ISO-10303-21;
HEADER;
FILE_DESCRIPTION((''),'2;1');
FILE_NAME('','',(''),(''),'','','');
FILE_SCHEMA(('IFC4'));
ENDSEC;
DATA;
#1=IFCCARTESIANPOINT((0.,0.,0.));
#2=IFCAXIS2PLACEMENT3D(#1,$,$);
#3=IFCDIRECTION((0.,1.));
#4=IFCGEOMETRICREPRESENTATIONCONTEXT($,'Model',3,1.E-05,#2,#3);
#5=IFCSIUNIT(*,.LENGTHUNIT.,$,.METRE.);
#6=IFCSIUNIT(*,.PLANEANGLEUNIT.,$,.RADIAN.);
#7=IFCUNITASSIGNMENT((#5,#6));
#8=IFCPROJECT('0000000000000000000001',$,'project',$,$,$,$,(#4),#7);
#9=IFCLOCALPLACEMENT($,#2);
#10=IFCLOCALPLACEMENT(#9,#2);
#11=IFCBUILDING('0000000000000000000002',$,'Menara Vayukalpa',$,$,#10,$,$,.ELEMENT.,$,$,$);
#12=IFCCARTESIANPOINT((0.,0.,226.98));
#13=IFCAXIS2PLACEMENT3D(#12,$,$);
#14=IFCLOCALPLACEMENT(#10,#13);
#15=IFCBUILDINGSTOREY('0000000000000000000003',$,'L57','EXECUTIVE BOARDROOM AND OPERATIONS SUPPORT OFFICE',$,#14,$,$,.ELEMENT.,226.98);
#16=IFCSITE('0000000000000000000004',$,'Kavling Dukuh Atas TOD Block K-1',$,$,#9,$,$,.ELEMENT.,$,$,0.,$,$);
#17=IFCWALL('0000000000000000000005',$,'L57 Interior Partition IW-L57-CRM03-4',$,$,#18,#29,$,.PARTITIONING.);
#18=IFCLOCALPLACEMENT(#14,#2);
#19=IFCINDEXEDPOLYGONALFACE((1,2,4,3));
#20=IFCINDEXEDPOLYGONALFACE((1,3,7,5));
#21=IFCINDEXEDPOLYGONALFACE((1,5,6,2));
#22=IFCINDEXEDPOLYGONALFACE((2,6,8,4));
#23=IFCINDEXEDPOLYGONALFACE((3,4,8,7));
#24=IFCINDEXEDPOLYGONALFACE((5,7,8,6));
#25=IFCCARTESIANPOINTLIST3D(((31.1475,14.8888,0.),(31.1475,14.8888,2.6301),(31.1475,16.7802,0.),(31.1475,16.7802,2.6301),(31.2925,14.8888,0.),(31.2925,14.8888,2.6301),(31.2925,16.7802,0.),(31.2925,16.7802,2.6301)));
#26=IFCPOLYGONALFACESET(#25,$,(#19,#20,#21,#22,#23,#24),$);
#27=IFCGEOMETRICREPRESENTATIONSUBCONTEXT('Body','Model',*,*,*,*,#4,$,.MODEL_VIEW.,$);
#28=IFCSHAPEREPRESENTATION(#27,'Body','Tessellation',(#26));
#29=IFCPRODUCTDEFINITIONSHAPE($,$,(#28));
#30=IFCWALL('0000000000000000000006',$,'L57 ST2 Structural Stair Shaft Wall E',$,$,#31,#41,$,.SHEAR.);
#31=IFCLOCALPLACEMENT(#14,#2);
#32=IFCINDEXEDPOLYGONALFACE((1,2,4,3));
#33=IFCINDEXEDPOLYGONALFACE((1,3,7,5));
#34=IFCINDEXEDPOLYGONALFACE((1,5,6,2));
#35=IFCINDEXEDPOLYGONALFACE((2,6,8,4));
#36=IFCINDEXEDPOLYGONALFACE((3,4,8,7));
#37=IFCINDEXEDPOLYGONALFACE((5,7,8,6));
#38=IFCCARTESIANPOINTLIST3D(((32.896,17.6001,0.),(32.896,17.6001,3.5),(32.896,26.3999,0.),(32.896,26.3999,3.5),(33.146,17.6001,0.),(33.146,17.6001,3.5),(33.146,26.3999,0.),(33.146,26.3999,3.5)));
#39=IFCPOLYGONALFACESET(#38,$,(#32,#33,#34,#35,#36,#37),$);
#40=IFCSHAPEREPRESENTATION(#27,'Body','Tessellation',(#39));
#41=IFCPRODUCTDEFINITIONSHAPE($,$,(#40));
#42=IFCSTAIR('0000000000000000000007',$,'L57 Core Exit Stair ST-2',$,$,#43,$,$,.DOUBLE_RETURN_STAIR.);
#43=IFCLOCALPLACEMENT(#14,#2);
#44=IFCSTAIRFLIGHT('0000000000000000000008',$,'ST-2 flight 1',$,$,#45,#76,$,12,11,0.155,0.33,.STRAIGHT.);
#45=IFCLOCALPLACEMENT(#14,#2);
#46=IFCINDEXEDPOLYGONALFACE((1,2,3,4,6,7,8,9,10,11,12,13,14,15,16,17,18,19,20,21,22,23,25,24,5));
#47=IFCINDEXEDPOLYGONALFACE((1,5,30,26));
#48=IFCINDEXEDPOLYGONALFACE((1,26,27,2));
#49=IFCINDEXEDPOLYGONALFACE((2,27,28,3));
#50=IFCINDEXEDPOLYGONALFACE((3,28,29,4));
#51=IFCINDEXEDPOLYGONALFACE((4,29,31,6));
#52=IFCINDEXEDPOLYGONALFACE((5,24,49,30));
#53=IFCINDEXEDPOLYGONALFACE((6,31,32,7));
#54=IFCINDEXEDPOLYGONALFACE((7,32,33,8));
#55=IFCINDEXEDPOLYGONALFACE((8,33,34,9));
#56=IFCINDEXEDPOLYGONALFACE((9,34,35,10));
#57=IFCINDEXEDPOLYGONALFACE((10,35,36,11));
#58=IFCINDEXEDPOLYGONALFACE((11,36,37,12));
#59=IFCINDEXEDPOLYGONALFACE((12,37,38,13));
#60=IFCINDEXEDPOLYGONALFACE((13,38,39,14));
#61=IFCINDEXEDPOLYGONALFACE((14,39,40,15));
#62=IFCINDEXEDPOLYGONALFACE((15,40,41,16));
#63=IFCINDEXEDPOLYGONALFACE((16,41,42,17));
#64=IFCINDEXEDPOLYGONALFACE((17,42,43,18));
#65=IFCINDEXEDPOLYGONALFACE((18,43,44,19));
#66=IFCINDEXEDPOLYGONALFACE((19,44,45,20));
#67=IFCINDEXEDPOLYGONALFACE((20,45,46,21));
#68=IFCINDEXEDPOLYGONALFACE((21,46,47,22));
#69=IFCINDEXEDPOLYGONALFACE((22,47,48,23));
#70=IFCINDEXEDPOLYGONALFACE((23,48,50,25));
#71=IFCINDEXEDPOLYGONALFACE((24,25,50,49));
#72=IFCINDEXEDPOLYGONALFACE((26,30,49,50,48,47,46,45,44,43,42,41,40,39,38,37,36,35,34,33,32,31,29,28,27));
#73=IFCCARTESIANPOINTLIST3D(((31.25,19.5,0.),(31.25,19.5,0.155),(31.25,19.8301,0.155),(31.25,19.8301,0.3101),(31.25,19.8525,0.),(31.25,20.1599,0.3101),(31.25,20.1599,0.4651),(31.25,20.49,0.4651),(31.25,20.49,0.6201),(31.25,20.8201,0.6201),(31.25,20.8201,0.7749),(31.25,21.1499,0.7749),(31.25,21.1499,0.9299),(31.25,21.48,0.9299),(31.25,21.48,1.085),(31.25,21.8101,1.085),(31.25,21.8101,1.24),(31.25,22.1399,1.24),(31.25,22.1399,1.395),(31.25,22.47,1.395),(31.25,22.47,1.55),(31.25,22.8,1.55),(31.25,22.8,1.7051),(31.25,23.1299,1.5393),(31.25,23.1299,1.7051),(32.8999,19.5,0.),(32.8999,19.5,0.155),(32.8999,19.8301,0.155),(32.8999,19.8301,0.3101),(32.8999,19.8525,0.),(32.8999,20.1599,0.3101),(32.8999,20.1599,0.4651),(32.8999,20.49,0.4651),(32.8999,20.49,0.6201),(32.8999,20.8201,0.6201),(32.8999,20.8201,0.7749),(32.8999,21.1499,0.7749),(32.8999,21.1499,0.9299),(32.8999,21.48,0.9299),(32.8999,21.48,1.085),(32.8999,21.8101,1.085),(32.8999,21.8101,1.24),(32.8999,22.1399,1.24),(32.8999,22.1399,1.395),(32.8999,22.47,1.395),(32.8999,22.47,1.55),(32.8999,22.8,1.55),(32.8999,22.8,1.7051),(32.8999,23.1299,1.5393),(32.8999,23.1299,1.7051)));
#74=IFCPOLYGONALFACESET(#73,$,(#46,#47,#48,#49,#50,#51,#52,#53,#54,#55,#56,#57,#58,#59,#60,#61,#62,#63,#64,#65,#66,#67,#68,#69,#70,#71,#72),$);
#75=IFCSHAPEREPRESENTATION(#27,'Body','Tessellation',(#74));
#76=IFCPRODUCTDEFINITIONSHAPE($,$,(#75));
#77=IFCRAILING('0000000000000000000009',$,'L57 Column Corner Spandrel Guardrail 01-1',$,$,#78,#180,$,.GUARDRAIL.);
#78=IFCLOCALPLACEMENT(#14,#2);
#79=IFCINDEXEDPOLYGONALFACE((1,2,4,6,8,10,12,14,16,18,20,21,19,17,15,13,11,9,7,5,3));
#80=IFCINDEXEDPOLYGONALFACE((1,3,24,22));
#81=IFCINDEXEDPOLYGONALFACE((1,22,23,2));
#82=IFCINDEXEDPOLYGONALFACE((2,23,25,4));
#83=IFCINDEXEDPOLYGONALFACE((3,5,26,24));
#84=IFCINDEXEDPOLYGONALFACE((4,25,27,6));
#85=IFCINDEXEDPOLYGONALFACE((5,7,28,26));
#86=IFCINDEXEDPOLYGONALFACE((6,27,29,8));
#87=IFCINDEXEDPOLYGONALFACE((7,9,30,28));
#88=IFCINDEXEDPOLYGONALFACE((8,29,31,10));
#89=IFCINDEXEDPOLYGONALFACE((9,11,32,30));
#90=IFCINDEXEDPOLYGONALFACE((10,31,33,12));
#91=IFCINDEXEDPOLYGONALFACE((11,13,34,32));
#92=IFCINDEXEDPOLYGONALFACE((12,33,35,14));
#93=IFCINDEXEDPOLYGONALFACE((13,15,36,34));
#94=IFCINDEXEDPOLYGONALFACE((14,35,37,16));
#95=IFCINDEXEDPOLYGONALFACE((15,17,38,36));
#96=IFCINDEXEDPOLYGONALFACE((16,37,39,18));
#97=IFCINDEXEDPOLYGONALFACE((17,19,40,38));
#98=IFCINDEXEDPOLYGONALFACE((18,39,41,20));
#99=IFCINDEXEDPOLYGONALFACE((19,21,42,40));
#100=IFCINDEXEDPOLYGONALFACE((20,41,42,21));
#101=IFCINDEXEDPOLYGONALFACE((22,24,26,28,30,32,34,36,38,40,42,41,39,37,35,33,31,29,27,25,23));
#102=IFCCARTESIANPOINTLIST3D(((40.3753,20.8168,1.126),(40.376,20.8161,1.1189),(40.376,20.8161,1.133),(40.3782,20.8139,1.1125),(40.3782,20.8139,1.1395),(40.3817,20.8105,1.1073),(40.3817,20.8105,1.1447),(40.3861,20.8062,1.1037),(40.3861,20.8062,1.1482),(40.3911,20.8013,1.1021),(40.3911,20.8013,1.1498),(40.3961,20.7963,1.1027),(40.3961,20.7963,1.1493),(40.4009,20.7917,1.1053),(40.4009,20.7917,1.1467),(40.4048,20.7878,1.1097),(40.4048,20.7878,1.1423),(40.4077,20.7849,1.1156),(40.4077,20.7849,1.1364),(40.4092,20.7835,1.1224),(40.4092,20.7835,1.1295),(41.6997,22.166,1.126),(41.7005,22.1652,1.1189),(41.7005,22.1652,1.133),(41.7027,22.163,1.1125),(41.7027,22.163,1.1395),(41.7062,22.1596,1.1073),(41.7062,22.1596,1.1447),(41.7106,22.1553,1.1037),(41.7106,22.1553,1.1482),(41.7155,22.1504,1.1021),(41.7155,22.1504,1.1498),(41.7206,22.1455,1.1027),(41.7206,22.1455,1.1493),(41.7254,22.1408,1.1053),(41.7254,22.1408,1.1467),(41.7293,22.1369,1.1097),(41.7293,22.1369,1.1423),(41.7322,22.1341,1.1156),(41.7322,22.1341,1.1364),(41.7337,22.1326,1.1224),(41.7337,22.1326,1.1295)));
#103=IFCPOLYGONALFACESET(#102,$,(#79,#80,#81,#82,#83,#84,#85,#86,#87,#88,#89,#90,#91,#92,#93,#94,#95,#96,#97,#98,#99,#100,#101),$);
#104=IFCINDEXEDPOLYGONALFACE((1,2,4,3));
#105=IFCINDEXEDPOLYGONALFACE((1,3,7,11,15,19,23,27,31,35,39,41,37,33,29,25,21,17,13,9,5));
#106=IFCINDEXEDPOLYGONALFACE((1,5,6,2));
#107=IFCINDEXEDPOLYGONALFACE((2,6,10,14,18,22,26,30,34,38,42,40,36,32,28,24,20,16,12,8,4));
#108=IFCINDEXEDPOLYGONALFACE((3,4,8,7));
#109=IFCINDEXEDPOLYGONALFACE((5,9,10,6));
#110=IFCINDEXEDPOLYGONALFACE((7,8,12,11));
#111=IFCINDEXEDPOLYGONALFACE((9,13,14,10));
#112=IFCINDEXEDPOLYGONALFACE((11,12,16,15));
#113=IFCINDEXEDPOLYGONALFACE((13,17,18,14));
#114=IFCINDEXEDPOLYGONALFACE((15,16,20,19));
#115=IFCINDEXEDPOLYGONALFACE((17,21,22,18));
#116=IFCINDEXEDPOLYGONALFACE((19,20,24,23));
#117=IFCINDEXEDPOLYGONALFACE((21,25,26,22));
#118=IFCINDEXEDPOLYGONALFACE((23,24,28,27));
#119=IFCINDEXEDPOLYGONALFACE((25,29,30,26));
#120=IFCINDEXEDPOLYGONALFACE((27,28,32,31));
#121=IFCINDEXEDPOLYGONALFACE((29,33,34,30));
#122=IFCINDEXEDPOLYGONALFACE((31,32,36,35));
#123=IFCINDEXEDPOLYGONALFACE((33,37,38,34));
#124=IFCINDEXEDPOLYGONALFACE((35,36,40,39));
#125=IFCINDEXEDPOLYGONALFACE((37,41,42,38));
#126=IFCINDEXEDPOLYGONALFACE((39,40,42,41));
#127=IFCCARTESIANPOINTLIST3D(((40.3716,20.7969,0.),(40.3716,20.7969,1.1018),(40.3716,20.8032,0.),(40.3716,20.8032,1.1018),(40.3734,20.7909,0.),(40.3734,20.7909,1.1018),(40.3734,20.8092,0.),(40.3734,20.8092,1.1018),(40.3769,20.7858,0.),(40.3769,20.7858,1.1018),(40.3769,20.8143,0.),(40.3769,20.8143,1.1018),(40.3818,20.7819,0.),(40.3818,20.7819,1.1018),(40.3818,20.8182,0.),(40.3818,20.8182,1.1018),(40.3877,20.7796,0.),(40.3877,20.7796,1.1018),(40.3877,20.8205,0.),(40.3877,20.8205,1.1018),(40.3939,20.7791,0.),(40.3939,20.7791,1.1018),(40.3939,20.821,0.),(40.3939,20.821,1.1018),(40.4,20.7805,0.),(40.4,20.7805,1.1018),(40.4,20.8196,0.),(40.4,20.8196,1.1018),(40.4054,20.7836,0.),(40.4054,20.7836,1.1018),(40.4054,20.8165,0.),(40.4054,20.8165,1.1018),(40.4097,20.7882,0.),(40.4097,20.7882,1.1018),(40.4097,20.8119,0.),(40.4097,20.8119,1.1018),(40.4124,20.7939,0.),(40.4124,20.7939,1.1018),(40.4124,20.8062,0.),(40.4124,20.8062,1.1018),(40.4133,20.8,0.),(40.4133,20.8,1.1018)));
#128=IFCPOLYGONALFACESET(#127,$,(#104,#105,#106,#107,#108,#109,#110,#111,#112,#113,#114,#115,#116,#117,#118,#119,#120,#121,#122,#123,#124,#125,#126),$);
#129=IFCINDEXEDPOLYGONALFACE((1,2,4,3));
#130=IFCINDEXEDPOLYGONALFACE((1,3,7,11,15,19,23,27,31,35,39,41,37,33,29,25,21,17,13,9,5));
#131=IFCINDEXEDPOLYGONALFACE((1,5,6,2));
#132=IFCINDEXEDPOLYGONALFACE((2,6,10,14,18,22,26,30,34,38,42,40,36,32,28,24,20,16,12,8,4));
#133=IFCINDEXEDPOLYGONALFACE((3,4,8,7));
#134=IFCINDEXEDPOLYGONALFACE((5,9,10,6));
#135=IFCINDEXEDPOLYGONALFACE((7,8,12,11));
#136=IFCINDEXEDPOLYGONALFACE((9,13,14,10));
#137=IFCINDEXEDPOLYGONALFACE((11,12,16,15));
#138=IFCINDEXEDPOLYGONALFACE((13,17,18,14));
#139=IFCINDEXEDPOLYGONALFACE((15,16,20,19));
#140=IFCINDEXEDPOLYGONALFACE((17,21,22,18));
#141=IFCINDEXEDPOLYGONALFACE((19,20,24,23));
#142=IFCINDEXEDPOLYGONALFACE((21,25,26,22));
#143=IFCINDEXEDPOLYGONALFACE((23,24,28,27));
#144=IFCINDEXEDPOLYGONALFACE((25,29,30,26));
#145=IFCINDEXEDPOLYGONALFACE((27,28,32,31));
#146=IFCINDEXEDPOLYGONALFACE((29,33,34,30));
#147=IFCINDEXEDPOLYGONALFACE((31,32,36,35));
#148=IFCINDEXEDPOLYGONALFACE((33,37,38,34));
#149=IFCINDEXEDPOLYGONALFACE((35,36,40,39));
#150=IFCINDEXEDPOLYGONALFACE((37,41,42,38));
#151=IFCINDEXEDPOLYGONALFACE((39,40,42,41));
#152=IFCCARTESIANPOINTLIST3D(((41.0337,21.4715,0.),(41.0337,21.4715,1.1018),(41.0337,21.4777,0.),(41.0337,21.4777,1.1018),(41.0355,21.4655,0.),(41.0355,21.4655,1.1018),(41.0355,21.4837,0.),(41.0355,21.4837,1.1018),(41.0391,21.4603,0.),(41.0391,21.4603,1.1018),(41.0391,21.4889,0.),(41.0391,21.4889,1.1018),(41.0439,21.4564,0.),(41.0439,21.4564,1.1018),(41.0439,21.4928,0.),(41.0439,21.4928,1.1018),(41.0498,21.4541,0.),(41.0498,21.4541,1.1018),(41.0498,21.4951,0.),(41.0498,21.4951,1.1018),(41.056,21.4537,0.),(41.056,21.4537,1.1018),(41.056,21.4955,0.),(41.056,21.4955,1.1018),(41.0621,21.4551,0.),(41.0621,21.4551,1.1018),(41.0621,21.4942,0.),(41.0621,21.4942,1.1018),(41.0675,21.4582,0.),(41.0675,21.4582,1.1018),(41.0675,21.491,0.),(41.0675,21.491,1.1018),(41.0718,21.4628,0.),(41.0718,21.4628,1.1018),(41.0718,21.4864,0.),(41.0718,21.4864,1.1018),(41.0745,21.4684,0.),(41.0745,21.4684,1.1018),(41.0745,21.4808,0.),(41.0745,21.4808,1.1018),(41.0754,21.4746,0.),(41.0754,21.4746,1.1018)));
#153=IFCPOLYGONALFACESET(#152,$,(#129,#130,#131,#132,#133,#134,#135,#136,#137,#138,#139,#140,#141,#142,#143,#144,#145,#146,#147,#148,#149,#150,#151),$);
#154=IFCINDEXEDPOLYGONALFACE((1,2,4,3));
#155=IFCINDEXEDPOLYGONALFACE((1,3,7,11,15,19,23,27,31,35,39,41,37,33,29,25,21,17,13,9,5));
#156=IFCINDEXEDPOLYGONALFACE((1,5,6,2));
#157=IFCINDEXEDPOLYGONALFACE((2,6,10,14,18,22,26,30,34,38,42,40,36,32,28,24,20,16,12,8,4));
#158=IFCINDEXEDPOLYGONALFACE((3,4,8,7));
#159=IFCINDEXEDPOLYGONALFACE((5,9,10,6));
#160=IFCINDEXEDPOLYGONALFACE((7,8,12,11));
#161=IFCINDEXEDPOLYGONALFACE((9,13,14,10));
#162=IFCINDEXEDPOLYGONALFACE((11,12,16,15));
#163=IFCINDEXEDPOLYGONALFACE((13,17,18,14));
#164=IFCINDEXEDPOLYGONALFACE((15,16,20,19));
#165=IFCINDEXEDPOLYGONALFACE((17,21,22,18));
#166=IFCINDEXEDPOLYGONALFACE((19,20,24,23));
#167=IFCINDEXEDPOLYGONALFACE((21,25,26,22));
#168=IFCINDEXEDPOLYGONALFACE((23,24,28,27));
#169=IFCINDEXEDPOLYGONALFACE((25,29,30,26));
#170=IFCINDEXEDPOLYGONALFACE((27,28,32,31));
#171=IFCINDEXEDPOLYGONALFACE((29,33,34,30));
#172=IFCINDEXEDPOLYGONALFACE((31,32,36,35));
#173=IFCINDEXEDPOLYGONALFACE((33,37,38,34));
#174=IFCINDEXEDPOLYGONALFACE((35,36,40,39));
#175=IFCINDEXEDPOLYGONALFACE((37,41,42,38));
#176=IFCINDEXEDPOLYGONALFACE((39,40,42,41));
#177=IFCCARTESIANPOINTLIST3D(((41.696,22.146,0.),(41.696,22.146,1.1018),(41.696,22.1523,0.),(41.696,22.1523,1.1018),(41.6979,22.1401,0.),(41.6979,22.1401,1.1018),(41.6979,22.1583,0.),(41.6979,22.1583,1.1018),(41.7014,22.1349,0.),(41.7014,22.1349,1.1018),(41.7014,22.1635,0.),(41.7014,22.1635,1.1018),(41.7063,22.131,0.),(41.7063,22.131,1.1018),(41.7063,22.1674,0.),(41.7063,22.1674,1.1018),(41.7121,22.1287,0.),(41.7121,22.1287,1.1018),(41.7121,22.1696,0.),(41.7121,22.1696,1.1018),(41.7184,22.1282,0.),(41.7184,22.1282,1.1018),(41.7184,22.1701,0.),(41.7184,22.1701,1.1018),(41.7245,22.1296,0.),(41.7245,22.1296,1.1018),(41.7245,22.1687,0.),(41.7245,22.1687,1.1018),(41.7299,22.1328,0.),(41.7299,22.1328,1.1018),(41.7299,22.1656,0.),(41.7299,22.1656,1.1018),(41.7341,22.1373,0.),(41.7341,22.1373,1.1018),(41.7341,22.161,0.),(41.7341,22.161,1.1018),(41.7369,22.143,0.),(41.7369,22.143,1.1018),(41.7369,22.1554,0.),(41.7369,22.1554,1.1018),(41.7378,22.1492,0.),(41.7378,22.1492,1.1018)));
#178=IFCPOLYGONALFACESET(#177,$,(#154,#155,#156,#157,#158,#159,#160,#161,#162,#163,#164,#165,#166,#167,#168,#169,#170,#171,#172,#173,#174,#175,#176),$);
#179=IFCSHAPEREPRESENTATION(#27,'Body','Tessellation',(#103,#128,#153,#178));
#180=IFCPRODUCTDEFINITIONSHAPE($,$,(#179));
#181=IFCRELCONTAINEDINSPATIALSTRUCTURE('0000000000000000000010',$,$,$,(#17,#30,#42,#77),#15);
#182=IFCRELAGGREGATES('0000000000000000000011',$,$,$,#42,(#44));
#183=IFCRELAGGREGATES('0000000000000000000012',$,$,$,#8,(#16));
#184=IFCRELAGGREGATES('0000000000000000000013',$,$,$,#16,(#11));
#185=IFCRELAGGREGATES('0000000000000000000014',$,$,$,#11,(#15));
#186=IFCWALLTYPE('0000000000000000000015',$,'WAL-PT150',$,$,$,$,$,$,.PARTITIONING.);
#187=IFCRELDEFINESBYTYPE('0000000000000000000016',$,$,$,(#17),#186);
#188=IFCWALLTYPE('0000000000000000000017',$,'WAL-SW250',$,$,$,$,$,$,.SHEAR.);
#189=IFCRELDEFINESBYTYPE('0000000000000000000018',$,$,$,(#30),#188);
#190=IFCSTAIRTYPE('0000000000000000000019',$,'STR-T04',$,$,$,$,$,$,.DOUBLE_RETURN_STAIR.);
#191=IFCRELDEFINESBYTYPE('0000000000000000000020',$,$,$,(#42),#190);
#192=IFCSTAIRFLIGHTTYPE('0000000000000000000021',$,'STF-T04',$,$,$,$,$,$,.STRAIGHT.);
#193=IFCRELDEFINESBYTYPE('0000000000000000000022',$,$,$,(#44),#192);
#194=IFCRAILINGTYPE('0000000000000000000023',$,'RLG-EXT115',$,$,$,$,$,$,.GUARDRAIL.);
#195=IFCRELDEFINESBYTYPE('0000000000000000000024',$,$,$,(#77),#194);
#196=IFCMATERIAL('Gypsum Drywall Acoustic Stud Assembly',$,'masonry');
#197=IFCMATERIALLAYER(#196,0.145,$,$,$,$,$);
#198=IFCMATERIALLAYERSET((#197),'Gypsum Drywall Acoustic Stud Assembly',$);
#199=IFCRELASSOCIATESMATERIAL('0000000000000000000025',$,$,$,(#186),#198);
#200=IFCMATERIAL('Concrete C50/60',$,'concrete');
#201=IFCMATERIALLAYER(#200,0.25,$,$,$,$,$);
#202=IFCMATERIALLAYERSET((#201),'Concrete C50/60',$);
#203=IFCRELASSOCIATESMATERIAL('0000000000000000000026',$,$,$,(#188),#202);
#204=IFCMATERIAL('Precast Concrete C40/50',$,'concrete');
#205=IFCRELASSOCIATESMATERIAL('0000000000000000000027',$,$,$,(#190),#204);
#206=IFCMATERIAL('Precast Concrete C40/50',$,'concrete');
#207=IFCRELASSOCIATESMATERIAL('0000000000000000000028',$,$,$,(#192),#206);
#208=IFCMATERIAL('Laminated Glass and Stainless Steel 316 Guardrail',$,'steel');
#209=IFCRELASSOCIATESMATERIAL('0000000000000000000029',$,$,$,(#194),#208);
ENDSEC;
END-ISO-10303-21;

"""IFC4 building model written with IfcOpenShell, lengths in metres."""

from ifc_helpers import new_model, si_unit, direction, frame, frame_2d, origin, origin_2d, place, context, subcontext, project, spatial, polyline, rectangle, circle, outline, extrude, material, layer, layer_set, type_object, element, aggregate, save


model = new_model("IFC4")

# Units and contexts
model_context = context("Model", 3, precision=1e-05, world=origin(), true_north=direction((0.0, 1.0)))
body_context = subcontext(model_context, "Body", "Model", "MODEL_VIEW")
ifc_project = project(units=[si_unit("LENGTHUNIT", "METRE"), si_unit("PLANEANGLEUNIT", "RADIAN")], contexts=[model_context])

# Site, building, storey
site_placement = place(None, origin())
site = spatial("IfcSite", under=ifc_project, at=site_placement, Name="Kavling Dukuh Atas TOD Block K-1", CompositionType="ELEMENT", RefElevation=0.0)
building_placement = place(site_placement, origin())
building = spatial("IfcBuilding", under=site, at=building_placement, Name="Menara Vayukalpa", CompositionType="ELEMENT")
storey_placement = place(building_placement, frame((0.0, 0.0, 226.98)))
storey = spatial("IfcBuildingStorey", under=building, at=storey_placement, Name="L57", Description="EXECUTIVE BOARDROOM AND OPERATIONS SUPPORT OFFICE", CompositionType="ELEMENT", Elevation=226.98)

# Walls
ifc_material_1 = material(Name="Gypsum Drywall Acoustic Stud Assembly", Category="masonry")
ifc_layer_1 = layer(ifc_material_1, 0.145)
ifc_layer_set_1 = layer_set([ifc_layer_1], Name="Gypsum Drywall Acoustic Stud Assembly")
wall_type_1 = type_object("IfcWallType", Name="WAL-PT150", PredefinedType="PARTITIONING", material=ifc_layer_set_1)
wall_1_placement = place(storey_placement, frame((31.22, 14.8887, 0.0), z_axis=(0.0, 0.0, 1.0), x_axis=(0.0, 1.0, 0.0)))
element("IfcWall", 1, at=wall_1_placement, inside=storey, type_object=wall_type_1, Name="L57 Interior Partition IW-L57-CRM03-4", PredefinedType="PARTITIONING", context=body_context, shape_type="SweptSolid", body=[
    extrude(rectangle(XDim=1.8914, YDim=0.145, at=frame_2d((0.9458, 0.0))), origin(), (0.0, 0.0, 1.0), 2.6301),
])
ifc_material_2 = material(Name="Concrete C50/60", Category="concrete")
ifc_layer_2 = layer(ifc_material_2, 0.25)
ifc_layer_set_2 = layer_set([ifc_layer_2], Name="Concrete C50/60")
wall_type_2 = type_object("IfcWallType", Name="WAL-SW250", PredefinedType="SHEAR", material=ifc_layer_set_2)
wall_2_placement = place(storey_placement, frame((33.021, 17.6001, 0.0), z_axis=(0.0, 0.0, 1.0), x_axis=(0.0, 1.0, 0.0)))
element("IfcWall", 2, at=wall_2_placement, inside=storey, type_object=wall_type_2, Name="L57 ST2 Structural Stair Shaft Wall E", PredefinedType="SHEAR", context=body_context, shape_type="SweptSolid", body=[
    extrude(rectangle(XDim=8.7998, YDim=0.25, at=frame_2d((4.3999, 0.0))), origin(), (0.0, 0.0, 1.0), 3.5),
])

# Stair, stair flight
ifc_material_3 = material(Name="Precast Concrete C40/50", Category="concrete")
stair_type = type_object("IfcStairType", Name="STR-T04", PredefinedType="DOUBLE_RETURN_STAIR", material=ifc_material_3)
stair_placement = place(storey_placement, origin())
stair = element("IfcStair", 3, at=stair_placement, inside=storey, type_object=stair_type, Name="L57 Core Exit Stair ST-2", PredefinedType="DOUBLE_RETURN_STAIR")
ifc_material_4 = material(Name="Precast Concrete C40/50", Category="concrete")
stair_flight_type = type_object("IfcStairFlightType", Name="STF-T04", PredefinedType="STRAIGHT", material=ifc_material_4)
stair_flight_placement = place(storey_placement, frame((32.075, 19.5, 0.0), z_axis=(0.0, 0.0, 1.0), x_axis=(0.0, 1.0, 0.0)))
stair_flight = element("IfcStairFlight", 4, at=stair_flight_placement, type_object=stair_flight_type, Name="ST-2 flight 1", NumberOfRisers=12, NumberOfTreads=11, PredefinedType="STRAIGHT", RiserHeight=0.155, TreadLength=0.33, context=body_context, shape_type="SweptSolid", body=[
    extrude(outline(polyline([(0.0, 0.0), (0.0, 0.155), (0.3301, 0.155), (0.3301, 0.3101), (0.6599, 0.3101), (0.6599, 0.4651), (0.99, 0.4651), (0.99, 0.6201), (1.3201, 0.6201), (1.3201, 0.7749), (1.6499, 0.7749), (1.6499, 0.9299), (1.98, 0.9299), (1.98, 1.085), (2.3101, 1.085), (2.3101, 1.24), (2.6399, 1.24), (2.6399, 1.395), (2.97, 1.395), (2.97, 1.55), (3.3, 1.55), (3.3, 1.7051), (3.6299, 1.7051), (3.6299, 1.8601), (3.6299, 1.5393), (0.3525, 0.0), (0.0, 0.0)])), frame((0.0, 0.825, 0.0), z_axis=(0.0, -1.0, 0.0), x_axis=(1.0, 0.0, 0.0)), (0.0, 0.0, 1.0), 1.6499),
])
aggregate(stair, [stair_flight])

# Railing
ifc_material_5 = material(Name="Laminated Glass and Stainless Steel 316 Guardrail", Category="steel")
railing_type_1 = type_object("IfcRailingType", Name="RLG-EXT115", PredefinedType="GUARDRAIL", material=ifc_material_5)
railing_1_placement = place(storey_placement, frame((40.3923, 20.8, 0.0)))
element("IfcRailing", 5, at=railing_1_placement, inside=storey, type_object=railing_type_1, Name="L57 Column Corner Spandrel Guardrail 01-1", PredefinedType="GUARDRAIL", context=body_context, shape_type="SweptSolid", body=[
    extrude(circle(Radius=0.0239, at=origin_2d()), frame((0.0, 0.0, 1.126), z_axis=(0.700555, 0.713598, 0.0), x_axis=(-0.713598, 0.700555, 0.0)), (0.0, 0.0, 1.0), 1.8906),
    extrude(circle(Radius=0.021, at=origin_2d()), origin(), (0.0, 0.0, 1.0), 1.1018),
    extrude(circle(Radius=0.021, at=origin_2d()), frame((0.6621, 0.6746, 0.0)), (0.0, 0.0, 1.0), 1.1018),
    extrude(circle(Radius=0.021, at=origin_2d()), frame((1.3245, 1.3491, 0.0)), (0.0, 0.0, 1.0), 1.1018),
])

save(model, "model.ifc")
